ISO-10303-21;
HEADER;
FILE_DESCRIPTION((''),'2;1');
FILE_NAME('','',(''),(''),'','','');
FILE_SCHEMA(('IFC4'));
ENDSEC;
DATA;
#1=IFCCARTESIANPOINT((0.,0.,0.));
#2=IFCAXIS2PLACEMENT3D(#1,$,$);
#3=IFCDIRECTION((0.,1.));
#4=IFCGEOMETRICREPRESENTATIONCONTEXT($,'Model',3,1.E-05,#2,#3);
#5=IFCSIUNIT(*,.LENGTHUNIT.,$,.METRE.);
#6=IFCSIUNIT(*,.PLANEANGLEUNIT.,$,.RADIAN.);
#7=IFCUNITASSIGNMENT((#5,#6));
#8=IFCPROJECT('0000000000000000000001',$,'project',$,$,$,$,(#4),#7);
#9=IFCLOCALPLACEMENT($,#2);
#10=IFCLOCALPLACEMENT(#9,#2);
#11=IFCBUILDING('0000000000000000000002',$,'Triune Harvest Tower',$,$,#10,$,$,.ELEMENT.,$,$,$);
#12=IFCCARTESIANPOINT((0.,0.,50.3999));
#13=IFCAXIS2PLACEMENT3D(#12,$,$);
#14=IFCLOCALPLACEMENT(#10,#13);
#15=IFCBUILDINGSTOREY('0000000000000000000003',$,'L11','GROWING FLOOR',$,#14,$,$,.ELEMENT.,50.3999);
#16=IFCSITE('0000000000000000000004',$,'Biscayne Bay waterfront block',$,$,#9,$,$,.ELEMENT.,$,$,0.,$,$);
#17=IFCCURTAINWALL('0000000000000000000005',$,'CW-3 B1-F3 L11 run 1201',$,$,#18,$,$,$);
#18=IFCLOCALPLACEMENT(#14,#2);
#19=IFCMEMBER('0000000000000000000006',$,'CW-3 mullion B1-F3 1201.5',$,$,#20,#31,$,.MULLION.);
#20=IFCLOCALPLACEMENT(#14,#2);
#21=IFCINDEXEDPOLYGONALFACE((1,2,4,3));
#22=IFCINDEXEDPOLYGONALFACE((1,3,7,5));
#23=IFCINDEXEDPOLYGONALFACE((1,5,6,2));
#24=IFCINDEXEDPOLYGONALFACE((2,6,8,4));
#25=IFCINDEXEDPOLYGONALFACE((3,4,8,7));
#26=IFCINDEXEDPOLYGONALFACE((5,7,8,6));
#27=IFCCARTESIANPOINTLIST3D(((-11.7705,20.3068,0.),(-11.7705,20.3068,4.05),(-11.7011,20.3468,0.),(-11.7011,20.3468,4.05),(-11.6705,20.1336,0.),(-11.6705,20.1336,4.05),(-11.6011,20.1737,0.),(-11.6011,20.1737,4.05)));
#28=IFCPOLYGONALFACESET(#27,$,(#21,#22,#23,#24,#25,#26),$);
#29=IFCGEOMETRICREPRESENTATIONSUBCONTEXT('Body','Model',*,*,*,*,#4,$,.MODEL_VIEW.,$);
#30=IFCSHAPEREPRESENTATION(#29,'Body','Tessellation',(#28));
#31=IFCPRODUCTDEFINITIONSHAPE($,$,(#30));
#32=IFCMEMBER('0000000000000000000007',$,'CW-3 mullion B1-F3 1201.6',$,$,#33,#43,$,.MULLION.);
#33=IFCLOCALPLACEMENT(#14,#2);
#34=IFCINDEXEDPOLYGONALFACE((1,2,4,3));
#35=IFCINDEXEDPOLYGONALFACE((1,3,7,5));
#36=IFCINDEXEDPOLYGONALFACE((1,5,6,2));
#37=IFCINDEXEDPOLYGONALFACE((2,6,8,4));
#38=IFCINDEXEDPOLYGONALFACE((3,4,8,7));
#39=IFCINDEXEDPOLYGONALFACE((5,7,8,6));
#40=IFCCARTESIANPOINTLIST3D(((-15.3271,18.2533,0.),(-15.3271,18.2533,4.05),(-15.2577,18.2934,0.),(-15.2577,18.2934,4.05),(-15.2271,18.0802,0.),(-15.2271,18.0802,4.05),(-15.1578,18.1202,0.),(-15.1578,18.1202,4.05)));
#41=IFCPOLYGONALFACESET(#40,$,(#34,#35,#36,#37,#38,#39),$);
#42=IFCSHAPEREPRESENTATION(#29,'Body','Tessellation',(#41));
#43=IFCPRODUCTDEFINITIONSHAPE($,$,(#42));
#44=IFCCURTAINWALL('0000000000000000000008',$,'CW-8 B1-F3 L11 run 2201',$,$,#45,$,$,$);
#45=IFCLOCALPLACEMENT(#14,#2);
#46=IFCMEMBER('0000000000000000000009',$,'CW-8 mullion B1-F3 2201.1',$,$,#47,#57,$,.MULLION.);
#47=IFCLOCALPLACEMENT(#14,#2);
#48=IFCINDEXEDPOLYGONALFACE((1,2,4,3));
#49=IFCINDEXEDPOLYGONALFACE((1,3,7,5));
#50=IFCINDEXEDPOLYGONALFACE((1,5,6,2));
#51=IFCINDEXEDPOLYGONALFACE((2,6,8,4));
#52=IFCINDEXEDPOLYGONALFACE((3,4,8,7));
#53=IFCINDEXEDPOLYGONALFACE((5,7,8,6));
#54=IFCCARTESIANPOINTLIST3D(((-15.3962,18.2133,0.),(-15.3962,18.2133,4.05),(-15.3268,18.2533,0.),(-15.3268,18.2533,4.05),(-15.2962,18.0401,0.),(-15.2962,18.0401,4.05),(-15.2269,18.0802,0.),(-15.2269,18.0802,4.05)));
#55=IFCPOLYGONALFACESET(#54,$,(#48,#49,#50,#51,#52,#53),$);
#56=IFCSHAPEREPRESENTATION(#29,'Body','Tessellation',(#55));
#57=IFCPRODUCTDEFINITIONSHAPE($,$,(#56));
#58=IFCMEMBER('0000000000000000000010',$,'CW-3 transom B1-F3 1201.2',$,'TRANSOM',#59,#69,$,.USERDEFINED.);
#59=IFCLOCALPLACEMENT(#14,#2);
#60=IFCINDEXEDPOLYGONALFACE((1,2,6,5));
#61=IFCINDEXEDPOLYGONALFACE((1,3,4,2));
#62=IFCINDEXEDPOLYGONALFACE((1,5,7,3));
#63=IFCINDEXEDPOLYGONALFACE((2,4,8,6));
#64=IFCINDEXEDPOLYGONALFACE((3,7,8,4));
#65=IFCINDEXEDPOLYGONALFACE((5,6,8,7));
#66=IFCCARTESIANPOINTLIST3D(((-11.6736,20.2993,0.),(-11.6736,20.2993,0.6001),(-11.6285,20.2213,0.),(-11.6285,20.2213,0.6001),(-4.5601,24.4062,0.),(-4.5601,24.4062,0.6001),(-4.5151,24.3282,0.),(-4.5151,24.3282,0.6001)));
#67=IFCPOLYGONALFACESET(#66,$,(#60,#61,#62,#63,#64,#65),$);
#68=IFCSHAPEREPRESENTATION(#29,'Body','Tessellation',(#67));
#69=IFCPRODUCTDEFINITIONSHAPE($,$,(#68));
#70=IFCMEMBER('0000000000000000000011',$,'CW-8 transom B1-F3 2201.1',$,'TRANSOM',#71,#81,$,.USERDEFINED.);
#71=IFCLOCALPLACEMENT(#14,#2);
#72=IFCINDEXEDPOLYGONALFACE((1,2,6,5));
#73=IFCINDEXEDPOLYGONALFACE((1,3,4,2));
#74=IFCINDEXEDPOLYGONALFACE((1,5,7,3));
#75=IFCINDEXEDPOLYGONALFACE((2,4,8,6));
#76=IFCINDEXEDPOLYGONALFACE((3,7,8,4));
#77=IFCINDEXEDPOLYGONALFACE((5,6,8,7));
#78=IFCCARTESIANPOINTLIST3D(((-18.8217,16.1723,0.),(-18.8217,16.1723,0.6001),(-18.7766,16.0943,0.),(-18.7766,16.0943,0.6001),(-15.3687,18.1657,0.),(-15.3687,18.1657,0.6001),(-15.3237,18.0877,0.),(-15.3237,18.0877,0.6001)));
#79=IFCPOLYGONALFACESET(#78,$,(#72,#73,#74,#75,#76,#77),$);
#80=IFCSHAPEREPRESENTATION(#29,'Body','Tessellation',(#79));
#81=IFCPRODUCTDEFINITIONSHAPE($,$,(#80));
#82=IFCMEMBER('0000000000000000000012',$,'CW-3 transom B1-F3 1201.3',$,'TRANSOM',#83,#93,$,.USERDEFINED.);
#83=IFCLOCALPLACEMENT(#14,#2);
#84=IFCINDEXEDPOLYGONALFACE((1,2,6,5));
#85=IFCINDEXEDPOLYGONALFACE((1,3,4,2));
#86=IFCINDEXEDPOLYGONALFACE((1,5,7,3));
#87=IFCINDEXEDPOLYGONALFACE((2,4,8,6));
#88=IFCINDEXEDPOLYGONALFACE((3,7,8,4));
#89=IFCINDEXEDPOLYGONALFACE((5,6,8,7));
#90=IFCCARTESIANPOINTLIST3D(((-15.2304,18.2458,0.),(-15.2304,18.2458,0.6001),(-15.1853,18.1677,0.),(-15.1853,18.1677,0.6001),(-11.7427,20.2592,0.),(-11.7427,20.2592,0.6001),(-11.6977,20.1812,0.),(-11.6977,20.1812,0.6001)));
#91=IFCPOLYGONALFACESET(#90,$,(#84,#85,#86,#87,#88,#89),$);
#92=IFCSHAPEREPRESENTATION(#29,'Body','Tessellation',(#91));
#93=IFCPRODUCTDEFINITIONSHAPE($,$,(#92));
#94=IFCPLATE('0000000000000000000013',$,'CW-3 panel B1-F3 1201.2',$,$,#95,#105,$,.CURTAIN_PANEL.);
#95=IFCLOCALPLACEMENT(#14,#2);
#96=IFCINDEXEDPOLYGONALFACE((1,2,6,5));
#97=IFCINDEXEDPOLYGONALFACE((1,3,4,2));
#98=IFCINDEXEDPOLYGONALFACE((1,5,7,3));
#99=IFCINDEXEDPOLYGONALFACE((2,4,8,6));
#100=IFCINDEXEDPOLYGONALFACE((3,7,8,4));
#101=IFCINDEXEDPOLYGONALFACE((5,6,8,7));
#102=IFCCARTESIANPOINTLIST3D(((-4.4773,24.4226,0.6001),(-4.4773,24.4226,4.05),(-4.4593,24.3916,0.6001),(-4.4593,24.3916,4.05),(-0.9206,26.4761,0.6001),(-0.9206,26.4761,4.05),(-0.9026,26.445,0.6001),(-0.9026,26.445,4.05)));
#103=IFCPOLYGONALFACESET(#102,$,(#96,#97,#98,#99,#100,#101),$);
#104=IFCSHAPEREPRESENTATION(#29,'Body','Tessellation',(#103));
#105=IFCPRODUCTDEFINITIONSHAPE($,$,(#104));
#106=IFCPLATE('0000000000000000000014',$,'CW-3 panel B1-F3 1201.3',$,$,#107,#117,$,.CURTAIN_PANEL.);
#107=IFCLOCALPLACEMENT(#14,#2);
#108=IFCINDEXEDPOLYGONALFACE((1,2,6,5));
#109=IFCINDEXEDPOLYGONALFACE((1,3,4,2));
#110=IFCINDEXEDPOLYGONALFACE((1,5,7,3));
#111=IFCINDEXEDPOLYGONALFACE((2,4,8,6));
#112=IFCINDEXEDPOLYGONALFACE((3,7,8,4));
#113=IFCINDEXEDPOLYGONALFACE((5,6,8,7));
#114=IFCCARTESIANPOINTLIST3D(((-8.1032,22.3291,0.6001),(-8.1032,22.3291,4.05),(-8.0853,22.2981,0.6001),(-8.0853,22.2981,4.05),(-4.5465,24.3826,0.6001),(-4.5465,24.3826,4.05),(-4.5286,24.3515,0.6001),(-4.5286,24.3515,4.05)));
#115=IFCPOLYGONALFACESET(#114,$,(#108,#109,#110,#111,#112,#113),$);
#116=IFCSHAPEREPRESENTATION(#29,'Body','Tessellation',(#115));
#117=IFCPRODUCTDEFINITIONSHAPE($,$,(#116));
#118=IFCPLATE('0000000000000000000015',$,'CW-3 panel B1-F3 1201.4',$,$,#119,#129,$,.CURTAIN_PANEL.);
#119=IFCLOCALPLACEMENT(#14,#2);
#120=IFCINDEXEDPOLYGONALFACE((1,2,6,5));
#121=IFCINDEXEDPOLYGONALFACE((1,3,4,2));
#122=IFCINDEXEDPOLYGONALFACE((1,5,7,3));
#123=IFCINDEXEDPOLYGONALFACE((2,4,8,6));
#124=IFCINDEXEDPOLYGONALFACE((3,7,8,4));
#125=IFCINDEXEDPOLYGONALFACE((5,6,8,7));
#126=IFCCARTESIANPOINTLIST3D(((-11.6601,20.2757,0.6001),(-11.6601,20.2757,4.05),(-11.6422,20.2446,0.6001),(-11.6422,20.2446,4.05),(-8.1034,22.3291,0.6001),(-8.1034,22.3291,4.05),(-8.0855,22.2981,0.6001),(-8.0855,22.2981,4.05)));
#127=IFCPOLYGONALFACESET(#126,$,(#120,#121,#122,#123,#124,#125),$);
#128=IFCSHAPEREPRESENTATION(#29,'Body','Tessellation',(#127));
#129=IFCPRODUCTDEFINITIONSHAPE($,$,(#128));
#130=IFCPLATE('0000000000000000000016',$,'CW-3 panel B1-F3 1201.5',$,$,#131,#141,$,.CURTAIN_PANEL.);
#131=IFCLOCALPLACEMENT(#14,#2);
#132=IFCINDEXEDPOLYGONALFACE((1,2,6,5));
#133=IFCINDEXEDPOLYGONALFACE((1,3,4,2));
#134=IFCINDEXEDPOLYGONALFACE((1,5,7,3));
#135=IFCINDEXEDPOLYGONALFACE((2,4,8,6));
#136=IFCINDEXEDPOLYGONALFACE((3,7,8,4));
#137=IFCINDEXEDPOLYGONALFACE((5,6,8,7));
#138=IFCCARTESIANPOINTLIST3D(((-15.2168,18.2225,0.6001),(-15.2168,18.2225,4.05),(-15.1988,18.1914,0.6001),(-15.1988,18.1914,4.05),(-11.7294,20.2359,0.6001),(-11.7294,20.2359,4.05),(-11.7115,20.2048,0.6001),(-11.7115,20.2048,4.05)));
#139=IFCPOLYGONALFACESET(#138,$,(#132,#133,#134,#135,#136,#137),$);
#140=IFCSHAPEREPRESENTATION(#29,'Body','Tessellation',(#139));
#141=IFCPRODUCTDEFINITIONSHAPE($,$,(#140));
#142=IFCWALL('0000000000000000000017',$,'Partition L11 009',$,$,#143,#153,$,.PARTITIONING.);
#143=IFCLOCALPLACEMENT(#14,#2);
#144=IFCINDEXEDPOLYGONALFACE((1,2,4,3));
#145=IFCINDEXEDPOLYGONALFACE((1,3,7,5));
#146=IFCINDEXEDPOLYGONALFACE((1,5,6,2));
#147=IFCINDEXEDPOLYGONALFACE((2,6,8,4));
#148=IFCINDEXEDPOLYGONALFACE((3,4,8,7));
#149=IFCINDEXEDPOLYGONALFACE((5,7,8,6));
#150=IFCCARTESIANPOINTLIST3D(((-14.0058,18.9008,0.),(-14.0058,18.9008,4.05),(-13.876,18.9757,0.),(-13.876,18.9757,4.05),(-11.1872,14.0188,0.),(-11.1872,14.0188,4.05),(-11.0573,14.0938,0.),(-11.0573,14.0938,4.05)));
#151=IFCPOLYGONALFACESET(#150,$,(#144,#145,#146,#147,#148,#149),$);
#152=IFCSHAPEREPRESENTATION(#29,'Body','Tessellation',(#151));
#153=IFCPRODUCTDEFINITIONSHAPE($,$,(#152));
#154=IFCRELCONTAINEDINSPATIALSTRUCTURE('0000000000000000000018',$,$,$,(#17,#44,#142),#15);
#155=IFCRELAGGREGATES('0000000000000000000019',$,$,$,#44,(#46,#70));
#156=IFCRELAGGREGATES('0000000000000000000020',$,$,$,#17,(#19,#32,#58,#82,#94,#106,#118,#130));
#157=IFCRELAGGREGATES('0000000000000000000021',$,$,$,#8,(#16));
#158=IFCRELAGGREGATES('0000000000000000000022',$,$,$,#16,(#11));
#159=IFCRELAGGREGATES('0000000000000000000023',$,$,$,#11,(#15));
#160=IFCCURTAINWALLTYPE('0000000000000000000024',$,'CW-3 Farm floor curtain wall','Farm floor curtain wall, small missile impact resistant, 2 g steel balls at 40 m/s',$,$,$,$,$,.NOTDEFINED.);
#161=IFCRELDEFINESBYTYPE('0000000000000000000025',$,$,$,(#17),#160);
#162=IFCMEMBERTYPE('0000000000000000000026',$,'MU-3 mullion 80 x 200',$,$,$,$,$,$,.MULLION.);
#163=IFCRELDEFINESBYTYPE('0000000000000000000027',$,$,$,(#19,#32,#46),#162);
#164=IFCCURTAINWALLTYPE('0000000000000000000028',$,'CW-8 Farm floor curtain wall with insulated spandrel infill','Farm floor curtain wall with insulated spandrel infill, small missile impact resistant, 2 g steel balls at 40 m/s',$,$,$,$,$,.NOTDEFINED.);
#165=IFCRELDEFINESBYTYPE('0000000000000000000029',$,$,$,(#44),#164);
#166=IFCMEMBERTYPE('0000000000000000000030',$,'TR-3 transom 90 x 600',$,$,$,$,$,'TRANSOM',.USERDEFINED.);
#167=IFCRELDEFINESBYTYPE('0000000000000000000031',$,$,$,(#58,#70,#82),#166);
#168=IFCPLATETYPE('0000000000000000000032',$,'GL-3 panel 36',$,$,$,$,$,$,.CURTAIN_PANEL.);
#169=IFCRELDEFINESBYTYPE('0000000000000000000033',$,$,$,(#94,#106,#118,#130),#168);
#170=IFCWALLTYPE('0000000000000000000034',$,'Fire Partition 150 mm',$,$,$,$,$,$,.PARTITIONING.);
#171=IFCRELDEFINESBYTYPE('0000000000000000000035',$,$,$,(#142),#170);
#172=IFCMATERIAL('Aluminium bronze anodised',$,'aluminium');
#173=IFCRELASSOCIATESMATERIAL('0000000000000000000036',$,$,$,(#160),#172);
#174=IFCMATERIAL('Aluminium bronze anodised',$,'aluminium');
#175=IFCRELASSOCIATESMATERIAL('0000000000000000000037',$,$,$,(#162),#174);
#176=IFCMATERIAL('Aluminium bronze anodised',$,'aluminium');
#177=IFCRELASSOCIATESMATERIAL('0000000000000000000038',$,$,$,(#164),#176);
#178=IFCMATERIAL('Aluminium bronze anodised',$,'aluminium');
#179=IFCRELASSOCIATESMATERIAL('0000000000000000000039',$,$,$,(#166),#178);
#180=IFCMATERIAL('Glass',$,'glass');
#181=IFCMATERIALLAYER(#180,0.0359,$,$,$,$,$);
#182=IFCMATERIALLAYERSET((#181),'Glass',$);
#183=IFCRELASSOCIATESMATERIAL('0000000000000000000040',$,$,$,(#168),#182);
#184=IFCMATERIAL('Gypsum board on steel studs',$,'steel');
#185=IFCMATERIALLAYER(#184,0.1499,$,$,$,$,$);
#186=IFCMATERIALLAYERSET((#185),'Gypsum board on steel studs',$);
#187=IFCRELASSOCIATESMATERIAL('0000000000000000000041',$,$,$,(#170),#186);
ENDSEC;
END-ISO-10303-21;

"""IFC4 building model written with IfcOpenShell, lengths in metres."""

from ifc_helpers import new_model, si_unit, direction, frame, frame_2d, origin, origin_2d, place, context, subcontext, project, spatial, rectangle, extrude, source, transform, mapped, material, layer, layer_set, material_profile, profile_set, type_object, element, aggregate, save


model = new_model("IFC4")

# Units and contexts
model_context = context("Model", 3, precision=1e-05, world=origin(), true_north=direction((0.0, 1.0)))
body_context = subcontext(model_context, "Body", "Model", "MODEL_VIEW")
ifc_project = project(units=[si_unit("LENGTHUNIT", "METRE"), si_unit("PLANEANGLEUNIT", "RADIAN")], contexts=[model_context])

# Site, building, storey
site_placement = place(None, origin())
site = spatial("IfcSite", under=ifc_project, at=site_placement, Name="Biscayne Bay waterfront block", CompositionType="ELEMENT", RefElevation=0.0)
building_placement = place(site_placement, origin())
building = spatial("IfcBuilding", under=site, at=building_placement, Name="Triune Harvest Tower", CompositionType="ELEMENT")
storey_placement = place(building_placement, frame((0.0, 0.0, 50.3999)))
storey = spatial("IfcBuildingStorey", under=building, at=storey_placement, Name="L11", Description="GROWING FLOOR", CompositionType="ELEMENT", Elevation=50.3999)

# Curtain wall, members
ifc_material_1 = material(Name="Aluminium bronze anodised", Category="aluminium")
curtain_wall_type_1 = type_object("IfcCurtainWallType", Name="CW-3 Farm floor curtain wall", Description="Farm floor curtain wall, small missile impact resistant, 2 g steel balls at 40 m/s", PredefinedType="NOTDEFINED", material=ifc_material_1)
curtain_wall_1_placement = place(storey_placement, origin())
curtain_wall_1 = element("IfcCurtainWall", 1, at=curtain_wall_1_placement, inside=storey, type_object=curtain_wall_type_1, Name="CW-3 B1-F3 L11 run 1201")
ifc_material_2 = material(Name="Aluminium bronze anodised", Category="aluminium")
ifc_material_profile_1 = material_profile(ifc_material_2, rectangle(XDim=0.2, YDim=0.0801, at=origin_2d()), Name="MU-3 mullion 80 x 200")
ifc_profile_set_1 = profile_set([ifc_material_profile_1], Name="Aluminium bronze anodised")
member_type_1 = type_object("IfcMemberType", Name="MU-3 mullion 80 x 200", PredefinedType="MULLION", material=ifc_profile_set_1)
shared_shape_1 = source(origin(), body_context, "Body", "SweptSolid", [
    extrude(rectangle(XDim=0.2, YDim=0.0801, at=origin_2d()), origin(), (0.0, 0.0, 1.0), 4.05),
])
member_1_placement = place(storey_placement, frame((-11.6858, 20.2402, 0.0), z_axis=(0.0, 0.0, 1.0), x_axis=(0.499998, -0.866026, 0.0)))
member_1 = element("IfcMember", 2, at=member_1_placement, type_object=member_type_1, Name="CW-3 mullion B1-F3 1201.5", PredefinedType="MULLION", context=body_context, shape_type="MappedRepresentation", body=[
    mapped(shared_shape_1, transform((0.0, 0.0, 0.0), scale=1.0)),
])
member_2_placement = place(storey_placement, frame((-15.2424, 18.1868, 0.0), z_axis=(0.0, 0.0, 1.0), x_axis=(0.499998, -0.866026, 0.0)))
member_2 = element("IfcMember", 3, at=member_2_placement, type_object=member_type_1, Name="CW-3 mullion B1-F3 1201.6", PredefinedType="MULLION", context=body_context, shape_type="MappedRepresentation", body=[
    mapped(shared_shape_1, transform((0.0, 0.0, 0.0), scale=1.0)),
])

# Curtain wall, member
ifc_material_3 = material(Name="Aluminium bronze anodised", Category="aluminium")
curtain_wall_type_2 = type_object("IfcCurtainWallType", Name="CW-8 Farm floor curtain wall with insulated spandrel infill", Description="Farm floor curtain wall with insulated spandrel infill, small missile impact resistant, 2 g steel balls at 40 m/s", PredefinedType="NOTDEFINED", material=ifc_material_3)
curtain_wall_2_placement = place(storey_placement, origin())
curtain_wall_2 = element("IfcCurtainWall", 4, at=curtain_wall_2_placement, inside=storey, type_object=curtain_wall_type_2, Name="CW-8 B1-F3 L11 run 2201")
member_3_placement = place(storey_placement, frame((-15.3115, 18.1467, 0.0), z_axis=(0.0, 0.0, 1.0), x_axis=(0.500011, -0.866019, 0.0)))
member_3 = element("IfcMember", 5, at=member_3_placement, type_object=member_type_1, Name="CW-8 mullion B1-F3 2201.1", PredefinedType="MULLION", context=body_context, shape_type="MappedRepresentation", body=[
    mapped(shared_shape_1, transform((0.0, 0.0, 0.0), scale=1.0)),
])

# Members
ifc_material_4 = material(Name="Aluminium bronze anodised", Category="aluminium")
ifc_material_profile_2 = material_profile(ifc_material_4, rectangle(XDim=0.0901, YDim=0.6001, at=origin_2d()), Name="TR-3 transom 90 x 600")
ifc_profile_set_2 = profile_set([ifc_material_profile_2], Name="Aluminium bronze anodised")
member_type_2 = type_object("IfcMemberType", Name="TR-3 transom 90 x 600", ElementType="TRANSOM", PredefinedType="USERDEFINED", material=ifc_profile_set_2)
shared_shape_2 = source(origin(), body_context, "Body", "SweptSolid", [
    extrude(rectangle(XDim=0.0901, YDim=0.6001, at=origin_2d()), origin(), (0.0, 0.0, 1.0), 8.2139),
])
member_4_placement = place(storey_placement, frame((-4.5376, 24.3672, 0.3), z_axis=(-0.866029, -0.499994, 0.0), x_axis=(0.499994, -0.866029, 0.0)))
member_4 = element("IfcMember", 6, at=member_4_placement, type_object=member_type_2, Name="CW-3 transom B1-F3 1201.2", ObjectType="TRANSOM", PredefinedType="USERDEFINED", context=body_context, shape_type="MappedRepresentation", body=[
    mapped(shared_shape_2, transform((0.0, 0.0, 0.0), scale=1.0)),
])
shared_shape_3 = source(origin(), body_context, "Body", "SweptSolid", [
    extrude(rectangle(XDim=0.0901, YDim=0.6001, at=origin_2d()), origin(), (0.0, 0.0, 1.0), 3.9871),
])
member_5_placement = place(storey_placement, frame((-15.3462, 18.1267, 0.3), z_axis=(-0.866038, -0.499979, 0.0), x_axis=(0.499979, -0.866038, 0.0)))
member_5 = element("IfcMember", 7, at=member_5_placement, type_object=member_type_2, Name="CW-8 transom B1-F3 2201.1", ObjectType="TRANSOM", PredefinedType="USERDEFINED", context=body_context, shape_type="MappedRepresentation", body=[
    mapped(shared_shape_3, transform((0.0, 0.0, 0.0), scale=1.0)),
])
aggregate(curtain_wall_2, [member_3, member_5])
shared_shape_4 = source(origin(), body_context, "Body", "SweptSolid", [
    extrude(rectangle(XDim=0.0901, YDim=0.6001, at=origin_2d()), origin(), (0.0, 0.0, 1.0), 4.0271),
])
member_6_placement = place(storey_placement, frame((-11.7202, 20.2202, 0.3), z_axis=(-0.866037, -0.49998, 0.0), x_axis=(0.49998, -0.866037, 0.0)))
member_6 = element("IfcMember", 8, at=member_6_placement, type_object=member_type_2, Name="CW-3 transom B1-F3 1201.3", ObjectType="TRANSOM", PredefinedType="USERDEFINED", context=body_context, shape_type="MappedRepresentation", body=[
    mapped(shared_shape_4, transform((0.0, 0.0, 0.0), scale=1.0)),
])

# Plates
ifc_material_5 = material(Name="Glass", Category="glass")
ifc_layer_1 = layer(ifc_material_5, 0.0359)
ifc_layer_set_1 = layer_set([ifc_layer_1], Name="Glass")
plate_type = type_object("IfcPlateType", Name="GL-3 panel 36", PredefinedType="CURTAIN_PANEL", material=ifc_layer_set_1)
shared_shape_5 = source(origin(), body_context, "Body", "SweptSolid", [
    extrude(rectangle(XDim=4.1069, YDim=0.0359, at=origin_2d()), origin(), (0.0, 0.0, 1.0), 3.45),
])
plate_1_placement = place(storey_placement, frame((-2.6899, 25.4338, 0.6001), z_axis=(0.0, 0.0, 1.0), x_axis=(-0.866026, -0.499998, 0.0)))
plate_1 = element("IfcPlate", 9, at=plate_1_placement, type_object=plate_type, Name="CW-3 panel B1-F3 1201.2", PredefinedType="CURTAIN_PANEL", context=body_context, shape_type="MappedRepresentation", body=[
    mapped(shared_shape_5, transform((0.0, 0.0, 0.0), scale=1.0)),
])
plate_2_placement = place(storey_placement, frame((-6.3159, 23.3403, 0.6001), z_axis=(0.0, 0.0, 1.0), x_axis=(-0.866026, -0.499998, 0.0)))
plate_2 = element("IfcPlate", 10, at=plate_2_placement, type_object=plate_type, Name="CW-3 panel B1-F3 1201.3", PredefinedType="CURTAIN_PANEL", context=body_context, shape_type="MappedRepresentation", body=[
    mapped(shared_shape_5, transform((0.0, 0.0, 0.0), scale=1.0)),
])
plate_3_placement = place(storey_placement, frame((-9.8728, 21.2869, 0.6001), z_axis=(0.0, 0.0, 1.0), x_axis=(-0.866026, -0.499998, 0.0)))
plate_3 = element("IfcPlate", 11, at=plate_3_placement, type_object=plate_type, Name="CW-3 panel B1-F3 1201.4", PredefinedType="CURTAIN_PANEL", context=body_context, shape_type="MappedRepresentation", body=[
    mapped(shared_shape_5, transform((0.0, 0.0, 0.0), scale=1.0)),
])
shared_shape_6 = source(origin(), body_context, "Body", "SweptSolid", [
    extrude(rectangle(XDim=4.0269, YDim=0.0359, at=origin_2d()), origin(), (0.0, 0.0, 1.0), 3.45),
])
plate_4_placement = place(storey_placement, frame((-13.4641, 19.2136, 0.6001), z_axis=(0.0, 0.0, 1.0), x_axis=(-0.866026, -0.499998, 0.0)))
plate_4 = element("IfcPlate", 12, at=plate_4_placement, type_object=plate_type, Name="CW-3 panel B1-F3 1201.5", PredefinedType="CURTAIN_PANEL", context=body_context, shape_type="MappedRepresentation", body=[
    mapped(shared_shape_6, transform((0.0, 0.0, 0.0), scale=1.0)),
])
aggregate(curtain_wall_1, [member_1, member_2, member_4, member_6, plate_1, plate_2, plate_3, plate_4])

# Wall
ifc_material_6 = material(Name="Gypsum board on steel studs", Category="steel")
ifc_layer_2 = layer(ifc_material_6, 0.1499)
ifc_layer_set_2 = layer_set([ifc_layer_2], Name="Gypsum board on steel studs")
wall_type_1 = type_object("IfcWallType", Name="Fire Partition 150 mm", PredefinedType="PARTITIONING", material=ifc_layer_set_2)
wall_1_placement = place(storey_placement, frame((-13.9409, 18.9382, 0.0), z_axis=(0.0, 0.0, 1.0), x_axis=(0.50001, -0.86602, 0.0)))
element("IfcWall", 13, at=wall_1_placement, inside=storey, type_object=wall_type_1, Name="Partition L11 009", PredefinedType="PARTITIONING", context=body_context, shape_type="SweptSolid", body=[
    extrude(rectangle(XDim=5.6372, YDim=0.1499, at=frame_2d((2.8186, 0.0))), origin(), (0.0, 0.0, 1.0), 4.05),
])

save(model, "model.ifc")
